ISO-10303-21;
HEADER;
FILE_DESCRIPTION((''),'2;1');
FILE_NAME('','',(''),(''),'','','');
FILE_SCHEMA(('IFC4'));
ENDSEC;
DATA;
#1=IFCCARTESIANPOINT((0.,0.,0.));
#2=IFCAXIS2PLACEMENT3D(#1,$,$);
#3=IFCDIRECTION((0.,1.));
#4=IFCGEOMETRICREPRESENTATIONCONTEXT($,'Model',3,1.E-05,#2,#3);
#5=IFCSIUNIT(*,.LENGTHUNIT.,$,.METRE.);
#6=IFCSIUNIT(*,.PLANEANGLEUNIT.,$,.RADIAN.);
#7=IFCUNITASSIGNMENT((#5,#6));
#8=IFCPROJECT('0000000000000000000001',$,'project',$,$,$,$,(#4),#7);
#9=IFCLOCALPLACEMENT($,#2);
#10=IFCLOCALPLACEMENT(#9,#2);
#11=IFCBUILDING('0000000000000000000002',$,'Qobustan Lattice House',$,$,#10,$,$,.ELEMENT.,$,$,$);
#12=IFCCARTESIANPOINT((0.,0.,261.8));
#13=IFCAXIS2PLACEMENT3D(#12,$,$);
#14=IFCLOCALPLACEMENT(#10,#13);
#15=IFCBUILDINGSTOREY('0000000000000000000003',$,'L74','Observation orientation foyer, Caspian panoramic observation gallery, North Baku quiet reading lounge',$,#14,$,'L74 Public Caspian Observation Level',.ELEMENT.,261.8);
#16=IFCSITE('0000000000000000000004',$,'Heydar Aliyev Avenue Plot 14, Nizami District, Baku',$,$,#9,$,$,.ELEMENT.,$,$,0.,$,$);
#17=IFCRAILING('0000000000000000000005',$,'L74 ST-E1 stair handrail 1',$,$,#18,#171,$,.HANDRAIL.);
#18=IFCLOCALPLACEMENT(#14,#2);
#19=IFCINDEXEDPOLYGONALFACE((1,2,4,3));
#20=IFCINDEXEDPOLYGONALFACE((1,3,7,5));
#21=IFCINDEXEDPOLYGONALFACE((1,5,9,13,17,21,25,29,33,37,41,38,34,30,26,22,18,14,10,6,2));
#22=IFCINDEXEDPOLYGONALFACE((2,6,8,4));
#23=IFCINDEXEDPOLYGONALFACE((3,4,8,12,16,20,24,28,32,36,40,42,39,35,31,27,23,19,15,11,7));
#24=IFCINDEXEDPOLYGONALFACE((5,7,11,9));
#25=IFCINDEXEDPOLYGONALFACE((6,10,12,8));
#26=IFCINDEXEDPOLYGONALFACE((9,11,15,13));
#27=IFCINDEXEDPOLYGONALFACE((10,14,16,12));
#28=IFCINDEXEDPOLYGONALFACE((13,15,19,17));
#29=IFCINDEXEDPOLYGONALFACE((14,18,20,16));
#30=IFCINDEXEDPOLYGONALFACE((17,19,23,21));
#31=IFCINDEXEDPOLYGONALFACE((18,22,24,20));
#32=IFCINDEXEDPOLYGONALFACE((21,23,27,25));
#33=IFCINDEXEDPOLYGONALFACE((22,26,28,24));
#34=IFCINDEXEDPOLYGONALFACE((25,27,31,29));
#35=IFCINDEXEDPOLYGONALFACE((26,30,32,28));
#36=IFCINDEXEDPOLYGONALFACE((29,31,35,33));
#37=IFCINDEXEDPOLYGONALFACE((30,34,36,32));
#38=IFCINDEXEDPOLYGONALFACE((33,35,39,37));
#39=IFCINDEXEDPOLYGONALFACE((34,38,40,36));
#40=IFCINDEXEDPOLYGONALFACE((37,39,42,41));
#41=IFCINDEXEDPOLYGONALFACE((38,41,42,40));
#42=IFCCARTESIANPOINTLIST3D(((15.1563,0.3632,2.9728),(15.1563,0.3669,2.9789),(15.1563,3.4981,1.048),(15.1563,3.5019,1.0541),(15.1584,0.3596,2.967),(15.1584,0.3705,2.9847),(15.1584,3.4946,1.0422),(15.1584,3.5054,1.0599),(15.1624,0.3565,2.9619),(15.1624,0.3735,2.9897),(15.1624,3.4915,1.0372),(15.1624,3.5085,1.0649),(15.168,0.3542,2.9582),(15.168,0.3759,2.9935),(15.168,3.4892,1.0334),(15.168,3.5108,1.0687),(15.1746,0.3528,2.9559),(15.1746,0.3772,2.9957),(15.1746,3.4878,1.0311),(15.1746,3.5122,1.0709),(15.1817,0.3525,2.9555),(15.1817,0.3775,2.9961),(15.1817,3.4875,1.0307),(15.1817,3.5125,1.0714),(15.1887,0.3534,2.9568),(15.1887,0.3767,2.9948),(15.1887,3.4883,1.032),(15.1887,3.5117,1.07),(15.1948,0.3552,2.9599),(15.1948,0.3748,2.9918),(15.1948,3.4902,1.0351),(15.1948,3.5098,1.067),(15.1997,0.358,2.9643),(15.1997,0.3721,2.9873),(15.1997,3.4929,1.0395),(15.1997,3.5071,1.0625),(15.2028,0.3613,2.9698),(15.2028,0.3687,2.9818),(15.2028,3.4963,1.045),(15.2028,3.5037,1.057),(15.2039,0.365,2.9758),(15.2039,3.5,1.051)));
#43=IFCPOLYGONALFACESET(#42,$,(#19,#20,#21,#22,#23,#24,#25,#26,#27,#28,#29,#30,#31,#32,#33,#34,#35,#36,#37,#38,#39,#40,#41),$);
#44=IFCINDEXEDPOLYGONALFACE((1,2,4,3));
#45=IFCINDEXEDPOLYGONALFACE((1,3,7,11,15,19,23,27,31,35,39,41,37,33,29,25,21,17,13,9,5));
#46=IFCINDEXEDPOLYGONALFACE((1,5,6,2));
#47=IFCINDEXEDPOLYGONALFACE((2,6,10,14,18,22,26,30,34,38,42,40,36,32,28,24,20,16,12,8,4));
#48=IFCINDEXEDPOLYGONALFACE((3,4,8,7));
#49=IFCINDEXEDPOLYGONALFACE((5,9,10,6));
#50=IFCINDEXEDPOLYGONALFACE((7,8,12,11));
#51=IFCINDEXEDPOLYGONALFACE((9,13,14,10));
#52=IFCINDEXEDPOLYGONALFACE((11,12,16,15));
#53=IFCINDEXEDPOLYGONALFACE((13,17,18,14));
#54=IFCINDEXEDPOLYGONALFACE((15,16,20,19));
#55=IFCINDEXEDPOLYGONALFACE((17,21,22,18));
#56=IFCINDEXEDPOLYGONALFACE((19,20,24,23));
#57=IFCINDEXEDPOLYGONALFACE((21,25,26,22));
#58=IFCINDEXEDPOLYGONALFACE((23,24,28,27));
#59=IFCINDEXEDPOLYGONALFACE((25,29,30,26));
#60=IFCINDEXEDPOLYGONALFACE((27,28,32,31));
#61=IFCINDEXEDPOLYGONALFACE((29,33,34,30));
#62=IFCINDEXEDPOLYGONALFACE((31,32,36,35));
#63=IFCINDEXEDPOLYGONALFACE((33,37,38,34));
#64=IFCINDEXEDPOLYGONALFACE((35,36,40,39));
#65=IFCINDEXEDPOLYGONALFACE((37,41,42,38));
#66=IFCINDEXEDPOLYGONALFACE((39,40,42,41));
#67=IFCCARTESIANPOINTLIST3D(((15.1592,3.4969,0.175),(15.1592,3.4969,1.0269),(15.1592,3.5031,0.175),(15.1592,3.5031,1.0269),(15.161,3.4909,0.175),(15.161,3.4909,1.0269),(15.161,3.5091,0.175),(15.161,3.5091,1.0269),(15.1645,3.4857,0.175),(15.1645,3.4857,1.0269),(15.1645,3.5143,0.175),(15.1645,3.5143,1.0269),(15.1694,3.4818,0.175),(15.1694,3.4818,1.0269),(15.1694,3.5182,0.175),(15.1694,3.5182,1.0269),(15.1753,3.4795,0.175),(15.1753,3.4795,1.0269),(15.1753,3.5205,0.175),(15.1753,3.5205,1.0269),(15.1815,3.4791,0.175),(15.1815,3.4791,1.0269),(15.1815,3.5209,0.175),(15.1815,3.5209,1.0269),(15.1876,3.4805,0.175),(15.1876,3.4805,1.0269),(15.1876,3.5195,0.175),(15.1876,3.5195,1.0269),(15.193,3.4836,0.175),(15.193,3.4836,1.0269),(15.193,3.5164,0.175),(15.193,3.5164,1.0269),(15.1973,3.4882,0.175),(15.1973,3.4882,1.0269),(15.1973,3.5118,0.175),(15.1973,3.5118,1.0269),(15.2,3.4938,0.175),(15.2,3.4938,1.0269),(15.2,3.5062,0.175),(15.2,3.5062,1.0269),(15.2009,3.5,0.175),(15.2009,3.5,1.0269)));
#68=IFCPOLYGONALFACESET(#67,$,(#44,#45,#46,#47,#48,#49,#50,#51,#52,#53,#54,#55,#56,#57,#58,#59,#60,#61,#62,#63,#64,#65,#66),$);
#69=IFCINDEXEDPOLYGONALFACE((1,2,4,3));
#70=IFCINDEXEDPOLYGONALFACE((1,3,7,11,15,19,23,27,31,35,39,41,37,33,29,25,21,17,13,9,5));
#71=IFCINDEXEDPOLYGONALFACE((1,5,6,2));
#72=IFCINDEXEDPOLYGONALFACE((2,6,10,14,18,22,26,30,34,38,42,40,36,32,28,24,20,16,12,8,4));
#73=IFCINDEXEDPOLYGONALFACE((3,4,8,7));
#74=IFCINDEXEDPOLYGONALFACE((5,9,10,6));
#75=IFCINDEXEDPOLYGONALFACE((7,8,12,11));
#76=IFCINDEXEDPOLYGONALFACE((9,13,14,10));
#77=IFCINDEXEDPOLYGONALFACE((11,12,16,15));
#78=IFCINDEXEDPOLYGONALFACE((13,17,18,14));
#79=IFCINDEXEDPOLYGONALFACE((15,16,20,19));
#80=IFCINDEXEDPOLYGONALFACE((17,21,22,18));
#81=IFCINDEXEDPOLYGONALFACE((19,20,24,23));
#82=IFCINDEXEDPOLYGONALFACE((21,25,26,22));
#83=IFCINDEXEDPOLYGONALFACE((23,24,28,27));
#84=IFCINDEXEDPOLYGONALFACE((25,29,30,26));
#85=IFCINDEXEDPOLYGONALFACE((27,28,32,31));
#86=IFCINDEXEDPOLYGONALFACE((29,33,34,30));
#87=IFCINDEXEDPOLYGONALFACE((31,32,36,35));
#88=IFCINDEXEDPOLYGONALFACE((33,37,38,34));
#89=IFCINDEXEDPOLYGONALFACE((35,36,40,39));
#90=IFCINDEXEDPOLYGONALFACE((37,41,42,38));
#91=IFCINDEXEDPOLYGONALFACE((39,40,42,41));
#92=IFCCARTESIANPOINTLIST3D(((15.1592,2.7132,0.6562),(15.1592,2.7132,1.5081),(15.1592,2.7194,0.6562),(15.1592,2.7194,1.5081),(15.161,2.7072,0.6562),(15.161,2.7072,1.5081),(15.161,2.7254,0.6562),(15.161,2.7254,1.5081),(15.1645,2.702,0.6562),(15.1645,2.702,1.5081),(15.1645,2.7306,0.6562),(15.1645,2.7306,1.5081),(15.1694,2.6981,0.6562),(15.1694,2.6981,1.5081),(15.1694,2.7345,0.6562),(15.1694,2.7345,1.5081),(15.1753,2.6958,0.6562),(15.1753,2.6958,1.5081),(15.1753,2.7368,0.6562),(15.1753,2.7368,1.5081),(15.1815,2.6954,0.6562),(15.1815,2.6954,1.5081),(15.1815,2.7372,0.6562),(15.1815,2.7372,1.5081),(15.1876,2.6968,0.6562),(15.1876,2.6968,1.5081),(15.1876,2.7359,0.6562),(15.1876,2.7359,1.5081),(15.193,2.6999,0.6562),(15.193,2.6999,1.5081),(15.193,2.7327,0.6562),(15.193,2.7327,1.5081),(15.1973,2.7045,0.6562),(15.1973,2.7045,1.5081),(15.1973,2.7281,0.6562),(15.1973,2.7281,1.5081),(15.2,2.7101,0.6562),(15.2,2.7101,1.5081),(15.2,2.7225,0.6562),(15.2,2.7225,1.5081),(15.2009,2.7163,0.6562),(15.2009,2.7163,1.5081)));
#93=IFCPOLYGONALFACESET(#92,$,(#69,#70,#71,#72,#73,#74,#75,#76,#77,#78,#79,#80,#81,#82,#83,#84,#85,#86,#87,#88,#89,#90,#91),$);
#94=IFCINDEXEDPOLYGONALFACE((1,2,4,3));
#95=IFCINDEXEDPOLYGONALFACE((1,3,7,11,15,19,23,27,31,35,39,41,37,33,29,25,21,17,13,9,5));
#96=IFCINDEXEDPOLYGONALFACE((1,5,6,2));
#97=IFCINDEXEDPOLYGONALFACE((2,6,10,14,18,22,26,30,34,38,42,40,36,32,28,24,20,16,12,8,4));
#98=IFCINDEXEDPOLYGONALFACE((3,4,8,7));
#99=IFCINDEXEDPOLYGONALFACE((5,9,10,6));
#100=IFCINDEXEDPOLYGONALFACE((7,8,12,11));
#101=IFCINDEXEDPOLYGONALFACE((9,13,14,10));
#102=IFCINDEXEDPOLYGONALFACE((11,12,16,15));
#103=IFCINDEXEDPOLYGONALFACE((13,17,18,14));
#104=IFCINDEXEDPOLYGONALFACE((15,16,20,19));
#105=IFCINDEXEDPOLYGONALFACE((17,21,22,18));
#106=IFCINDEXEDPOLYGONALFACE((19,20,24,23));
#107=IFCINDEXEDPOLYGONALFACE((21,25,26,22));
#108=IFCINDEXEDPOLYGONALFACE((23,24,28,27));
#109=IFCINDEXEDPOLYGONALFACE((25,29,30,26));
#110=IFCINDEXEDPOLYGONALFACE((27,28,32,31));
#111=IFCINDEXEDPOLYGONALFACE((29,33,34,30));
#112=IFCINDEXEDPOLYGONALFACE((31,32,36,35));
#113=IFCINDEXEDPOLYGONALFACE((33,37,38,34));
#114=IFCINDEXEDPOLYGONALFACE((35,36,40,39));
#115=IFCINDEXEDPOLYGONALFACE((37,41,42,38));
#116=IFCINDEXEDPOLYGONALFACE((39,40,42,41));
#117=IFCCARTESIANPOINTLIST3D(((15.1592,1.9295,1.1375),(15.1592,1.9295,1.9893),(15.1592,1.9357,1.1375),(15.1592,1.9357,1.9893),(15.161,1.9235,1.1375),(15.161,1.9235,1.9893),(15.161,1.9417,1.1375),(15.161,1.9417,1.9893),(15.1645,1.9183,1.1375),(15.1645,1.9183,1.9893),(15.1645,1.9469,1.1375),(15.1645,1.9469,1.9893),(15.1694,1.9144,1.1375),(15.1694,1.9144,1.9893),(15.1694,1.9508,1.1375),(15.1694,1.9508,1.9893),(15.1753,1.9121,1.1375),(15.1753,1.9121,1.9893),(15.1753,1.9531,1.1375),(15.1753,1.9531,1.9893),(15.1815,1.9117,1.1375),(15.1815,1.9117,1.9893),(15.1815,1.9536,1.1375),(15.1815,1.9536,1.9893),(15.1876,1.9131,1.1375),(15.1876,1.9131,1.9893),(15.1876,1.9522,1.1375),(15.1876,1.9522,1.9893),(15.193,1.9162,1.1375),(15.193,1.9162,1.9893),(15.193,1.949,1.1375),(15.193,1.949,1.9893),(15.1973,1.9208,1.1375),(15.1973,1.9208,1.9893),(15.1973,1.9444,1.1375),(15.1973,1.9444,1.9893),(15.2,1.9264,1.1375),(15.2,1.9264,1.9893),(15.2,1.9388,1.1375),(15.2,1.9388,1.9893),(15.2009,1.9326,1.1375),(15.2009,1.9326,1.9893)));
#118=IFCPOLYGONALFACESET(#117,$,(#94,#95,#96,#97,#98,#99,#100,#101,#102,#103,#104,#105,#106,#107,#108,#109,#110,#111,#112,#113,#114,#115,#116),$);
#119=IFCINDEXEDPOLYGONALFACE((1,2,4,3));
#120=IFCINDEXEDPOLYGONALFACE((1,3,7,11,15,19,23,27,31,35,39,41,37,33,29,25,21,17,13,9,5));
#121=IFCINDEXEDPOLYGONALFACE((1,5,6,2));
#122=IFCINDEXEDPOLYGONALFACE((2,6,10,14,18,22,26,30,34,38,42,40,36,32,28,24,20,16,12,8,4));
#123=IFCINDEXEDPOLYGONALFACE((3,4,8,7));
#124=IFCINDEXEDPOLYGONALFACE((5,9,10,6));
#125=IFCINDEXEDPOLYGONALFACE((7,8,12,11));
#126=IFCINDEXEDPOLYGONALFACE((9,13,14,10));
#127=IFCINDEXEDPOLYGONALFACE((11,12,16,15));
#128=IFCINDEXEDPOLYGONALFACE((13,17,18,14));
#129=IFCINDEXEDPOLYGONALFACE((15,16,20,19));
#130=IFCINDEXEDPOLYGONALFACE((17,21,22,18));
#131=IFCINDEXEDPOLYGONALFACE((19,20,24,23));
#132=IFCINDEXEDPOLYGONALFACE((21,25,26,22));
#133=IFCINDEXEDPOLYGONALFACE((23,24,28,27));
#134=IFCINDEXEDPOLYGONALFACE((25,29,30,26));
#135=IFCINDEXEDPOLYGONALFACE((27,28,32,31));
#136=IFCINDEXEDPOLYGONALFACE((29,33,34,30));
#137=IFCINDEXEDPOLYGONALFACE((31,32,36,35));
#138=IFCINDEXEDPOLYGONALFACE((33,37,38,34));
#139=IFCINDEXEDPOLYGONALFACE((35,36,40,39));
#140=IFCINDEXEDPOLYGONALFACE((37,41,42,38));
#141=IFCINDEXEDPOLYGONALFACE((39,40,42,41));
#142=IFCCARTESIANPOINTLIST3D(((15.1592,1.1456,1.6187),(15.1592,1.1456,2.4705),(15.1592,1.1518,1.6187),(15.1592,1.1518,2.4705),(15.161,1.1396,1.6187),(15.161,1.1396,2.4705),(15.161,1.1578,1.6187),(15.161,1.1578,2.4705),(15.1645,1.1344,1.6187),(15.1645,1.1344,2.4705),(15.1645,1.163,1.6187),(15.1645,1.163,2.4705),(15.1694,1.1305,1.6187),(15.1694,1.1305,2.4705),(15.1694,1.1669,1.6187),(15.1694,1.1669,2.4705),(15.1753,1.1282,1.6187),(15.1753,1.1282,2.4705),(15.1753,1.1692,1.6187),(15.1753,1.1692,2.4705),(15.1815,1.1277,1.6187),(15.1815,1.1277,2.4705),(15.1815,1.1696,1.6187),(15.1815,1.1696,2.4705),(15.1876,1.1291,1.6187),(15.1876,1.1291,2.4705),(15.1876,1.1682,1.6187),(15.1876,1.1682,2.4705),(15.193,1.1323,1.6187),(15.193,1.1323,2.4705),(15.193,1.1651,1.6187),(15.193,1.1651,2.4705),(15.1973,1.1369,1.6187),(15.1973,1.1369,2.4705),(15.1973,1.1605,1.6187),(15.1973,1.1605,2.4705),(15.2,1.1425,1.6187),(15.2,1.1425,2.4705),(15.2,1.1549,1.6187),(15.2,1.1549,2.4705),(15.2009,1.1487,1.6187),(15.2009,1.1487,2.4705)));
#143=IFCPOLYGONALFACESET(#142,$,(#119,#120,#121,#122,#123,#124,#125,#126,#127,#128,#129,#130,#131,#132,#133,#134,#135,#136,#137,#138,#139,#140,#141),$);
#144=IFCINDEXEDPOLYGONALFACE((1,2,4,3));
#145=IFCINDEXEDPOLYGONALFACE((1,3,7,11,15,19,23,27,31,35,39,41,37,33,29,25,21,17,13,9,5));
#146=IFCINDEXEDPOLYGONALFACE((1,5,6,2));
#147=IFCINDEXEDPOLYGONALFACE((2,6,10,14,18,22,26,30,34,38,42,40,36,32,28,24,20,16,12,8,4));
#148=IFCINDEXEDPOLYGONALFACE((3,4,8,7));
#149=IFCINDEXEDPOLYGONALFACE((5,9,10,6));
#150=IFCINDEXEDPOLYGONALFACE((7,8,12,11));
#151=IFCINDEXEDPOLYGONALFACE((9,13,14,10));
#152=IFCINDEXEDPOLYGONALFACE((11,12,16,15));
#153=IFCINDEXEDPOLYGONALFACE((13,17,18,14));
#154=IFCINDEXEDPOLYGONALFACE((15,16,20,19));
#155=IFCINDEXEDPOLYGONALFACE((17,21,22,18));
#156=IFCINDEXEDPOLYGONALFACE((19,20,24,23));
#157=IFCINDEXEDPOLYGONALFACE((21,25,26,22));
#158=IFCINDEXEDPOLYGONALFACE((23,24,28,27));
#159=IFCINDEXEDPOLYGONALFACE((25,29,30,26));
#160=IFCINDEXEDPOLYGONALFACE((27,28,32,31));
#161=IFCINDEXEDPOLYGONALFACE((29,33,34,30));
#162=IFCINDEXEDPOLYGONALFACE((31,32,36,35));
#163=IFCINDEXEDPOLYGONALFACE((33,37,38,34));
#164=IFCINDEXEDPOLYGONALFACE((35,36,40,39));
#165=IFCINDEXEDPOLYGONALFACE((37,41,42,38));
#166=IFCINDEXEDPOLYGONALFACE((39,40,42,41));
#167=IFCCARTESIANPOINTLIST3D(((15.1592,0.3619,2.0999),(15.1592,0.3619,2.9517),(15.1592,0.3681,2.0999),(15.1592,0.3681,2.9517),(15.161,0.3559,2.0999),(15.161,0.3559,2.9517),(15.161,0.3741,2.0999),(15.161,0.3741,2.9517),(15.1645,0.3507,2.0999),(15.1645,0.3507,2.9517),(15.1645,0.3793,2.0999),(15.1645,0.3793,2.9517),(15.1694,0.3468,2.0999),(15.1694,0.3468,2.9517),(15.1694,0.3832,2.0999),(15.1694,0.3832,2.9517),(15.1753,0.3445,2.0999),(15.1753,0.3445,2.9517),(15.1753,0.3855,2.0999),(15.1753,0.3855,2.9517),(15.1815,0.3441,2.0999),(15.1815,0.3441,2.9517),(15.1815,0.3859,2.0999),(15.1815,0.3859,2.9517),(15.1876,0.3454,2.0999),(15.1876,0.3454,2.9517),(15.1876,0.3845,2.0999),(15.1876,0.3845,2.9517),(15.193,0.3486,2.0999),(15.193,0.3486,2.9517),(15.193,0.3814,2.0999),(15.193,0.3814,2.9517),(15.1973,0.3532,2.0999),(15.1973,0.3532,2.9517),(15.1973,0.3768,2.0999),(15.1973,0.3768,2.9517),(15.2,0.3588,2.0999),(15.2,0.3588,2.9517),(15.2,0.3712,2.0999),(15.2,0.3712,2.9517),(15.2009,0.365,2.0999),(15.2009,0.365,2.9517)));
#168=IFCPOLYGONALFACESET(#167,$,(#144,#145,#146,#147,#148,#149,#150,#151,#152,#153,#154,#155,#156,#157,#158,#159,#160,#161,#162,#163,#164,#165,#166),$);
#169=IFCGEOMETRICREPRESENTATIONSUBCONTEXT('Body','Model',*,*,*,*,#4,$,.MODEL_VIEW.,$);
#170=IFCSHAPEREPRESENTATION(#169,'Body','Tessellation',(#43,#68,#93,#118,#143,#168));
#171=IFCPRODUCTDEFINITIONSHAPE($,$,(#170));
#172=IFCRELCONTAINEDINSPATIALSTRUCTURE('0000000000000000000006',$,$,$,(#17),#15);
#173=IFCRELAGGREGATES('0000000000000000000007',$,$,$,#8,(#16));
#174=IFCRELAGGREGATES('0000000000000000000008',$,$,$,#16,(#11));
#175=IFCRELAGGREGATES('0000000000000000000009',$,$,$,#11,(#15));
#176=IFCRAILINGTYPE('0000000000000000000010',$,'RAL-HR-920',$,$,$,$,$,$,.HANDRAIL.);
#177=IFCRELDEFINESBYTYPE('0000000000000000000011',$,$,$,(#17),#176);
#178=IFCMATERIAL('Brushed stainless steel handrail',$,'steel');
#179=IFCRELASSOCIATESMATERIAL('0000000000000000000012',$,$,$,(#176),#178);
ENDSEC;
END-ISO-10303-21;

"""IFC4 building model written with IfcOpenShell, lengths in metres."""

from ifc_helpers import new_model, si_unit, direction, frame, origin, origin_2d, place, context, subcontext, project, spatial, circle, extrude, material, type_object, element, save


model = new_model("IFC4")

# Units and contexts
model_context = context("Model", 3, precision=1e-05, world=origin(), true_north=direction((0.0, 1.0)))
body_context = subcontext(model_context, "Body", "Model", "MODEL_VIEW")
ifc_project = project(units=[si_unit("LENGTHUNIT", "METRE"), si_unit("PLANEANGLEUNIT", "RADIAN")], contexts=[model_context])

# Site, building, storey
site_placement = place(None, origin())
site = spatial("IfcSite", under=ifc_project, at=site_placement, Name="Heydar Aliyev Avenue Plot 14, Nizami District, Baku", CompositionType="ELEMENT", RefElevation=0.0)
building_placement = place(site_placement, origin())
building = spatial("IfcBuilding", under=site, at=building_placement, Name="Qobustan Lattice House", CompositionType="ELEMENT")
storey_placement = place(building_placement, frame((0.0, 0.0, 261.8)))
storey = spatial("IfcBuildingStorey", under=building, at=storey_placement, Name="L74", Description="Observation orientation foyer, Caspian panoramic observation gallery, North Baku quiet reading lounge", LongName="L74 Public Caspian Observation Level", CompositionType="ELEMENT", Elevation=261.8)

# Railing
ifc_material_1 = material(Name="Brushed stainless steel handrail", Category="steel")
railing_type_1 = type_object("IfcRailingType", Name="RAL-HR-920", PredefinedType="HANDRAIL", material=ifc_material_1)
railing_1_placement = place(storey_placement, frame((15.1799, 3.5, 0.175)))
element("IfcRailing", 1, at=railing_1_placement, inside=storey, type_object=railing_type_1, Name="L74 ST-E1 stair handrail 1", PredefinedType="HANDRAIL", context=body_context, shape_type="SweptSolid", body=[
    extrude(circle(Radius=0.0239, at=origin_2d()), frame((0.0, 0.0, 0.876), z_axis=(0.0, -0.852196, 0.523223), x_axis=(1.0, 0.0, 0.0)), (0.0, 0.0, 1.0), 3.6787),
    extrude(circle(Radius=0.021, at=origin_2d()), origin(), (0.0, 0.0, 1.0), 0.8518),
    extrude(circle(Radius=0.021, at=origin_2d()), frame((0.0, -0.7837, 0.4812)), (0.0, 0.0, 1.0), 0.8518),
    extrude(circle(Radius=0.021, at=origin_2d()), frame((0.0, -1.5674, 0.9624)), (0.0, 0.0, 1.0), 0.8518),
    extrude(circle(Radius=0.021, at=origin_2d()), frame((0.0, -2.3513, 1.4436)), (0.0, 0.0, 1.0), 0.8518),
    extrude(circle(Radius=0.021, at=origin_2d()), frame((0.0, -3.135, 1.9248)), (0.0, 0.0, 1.0), 0.8518),
])

save(model, "model.ifc")
